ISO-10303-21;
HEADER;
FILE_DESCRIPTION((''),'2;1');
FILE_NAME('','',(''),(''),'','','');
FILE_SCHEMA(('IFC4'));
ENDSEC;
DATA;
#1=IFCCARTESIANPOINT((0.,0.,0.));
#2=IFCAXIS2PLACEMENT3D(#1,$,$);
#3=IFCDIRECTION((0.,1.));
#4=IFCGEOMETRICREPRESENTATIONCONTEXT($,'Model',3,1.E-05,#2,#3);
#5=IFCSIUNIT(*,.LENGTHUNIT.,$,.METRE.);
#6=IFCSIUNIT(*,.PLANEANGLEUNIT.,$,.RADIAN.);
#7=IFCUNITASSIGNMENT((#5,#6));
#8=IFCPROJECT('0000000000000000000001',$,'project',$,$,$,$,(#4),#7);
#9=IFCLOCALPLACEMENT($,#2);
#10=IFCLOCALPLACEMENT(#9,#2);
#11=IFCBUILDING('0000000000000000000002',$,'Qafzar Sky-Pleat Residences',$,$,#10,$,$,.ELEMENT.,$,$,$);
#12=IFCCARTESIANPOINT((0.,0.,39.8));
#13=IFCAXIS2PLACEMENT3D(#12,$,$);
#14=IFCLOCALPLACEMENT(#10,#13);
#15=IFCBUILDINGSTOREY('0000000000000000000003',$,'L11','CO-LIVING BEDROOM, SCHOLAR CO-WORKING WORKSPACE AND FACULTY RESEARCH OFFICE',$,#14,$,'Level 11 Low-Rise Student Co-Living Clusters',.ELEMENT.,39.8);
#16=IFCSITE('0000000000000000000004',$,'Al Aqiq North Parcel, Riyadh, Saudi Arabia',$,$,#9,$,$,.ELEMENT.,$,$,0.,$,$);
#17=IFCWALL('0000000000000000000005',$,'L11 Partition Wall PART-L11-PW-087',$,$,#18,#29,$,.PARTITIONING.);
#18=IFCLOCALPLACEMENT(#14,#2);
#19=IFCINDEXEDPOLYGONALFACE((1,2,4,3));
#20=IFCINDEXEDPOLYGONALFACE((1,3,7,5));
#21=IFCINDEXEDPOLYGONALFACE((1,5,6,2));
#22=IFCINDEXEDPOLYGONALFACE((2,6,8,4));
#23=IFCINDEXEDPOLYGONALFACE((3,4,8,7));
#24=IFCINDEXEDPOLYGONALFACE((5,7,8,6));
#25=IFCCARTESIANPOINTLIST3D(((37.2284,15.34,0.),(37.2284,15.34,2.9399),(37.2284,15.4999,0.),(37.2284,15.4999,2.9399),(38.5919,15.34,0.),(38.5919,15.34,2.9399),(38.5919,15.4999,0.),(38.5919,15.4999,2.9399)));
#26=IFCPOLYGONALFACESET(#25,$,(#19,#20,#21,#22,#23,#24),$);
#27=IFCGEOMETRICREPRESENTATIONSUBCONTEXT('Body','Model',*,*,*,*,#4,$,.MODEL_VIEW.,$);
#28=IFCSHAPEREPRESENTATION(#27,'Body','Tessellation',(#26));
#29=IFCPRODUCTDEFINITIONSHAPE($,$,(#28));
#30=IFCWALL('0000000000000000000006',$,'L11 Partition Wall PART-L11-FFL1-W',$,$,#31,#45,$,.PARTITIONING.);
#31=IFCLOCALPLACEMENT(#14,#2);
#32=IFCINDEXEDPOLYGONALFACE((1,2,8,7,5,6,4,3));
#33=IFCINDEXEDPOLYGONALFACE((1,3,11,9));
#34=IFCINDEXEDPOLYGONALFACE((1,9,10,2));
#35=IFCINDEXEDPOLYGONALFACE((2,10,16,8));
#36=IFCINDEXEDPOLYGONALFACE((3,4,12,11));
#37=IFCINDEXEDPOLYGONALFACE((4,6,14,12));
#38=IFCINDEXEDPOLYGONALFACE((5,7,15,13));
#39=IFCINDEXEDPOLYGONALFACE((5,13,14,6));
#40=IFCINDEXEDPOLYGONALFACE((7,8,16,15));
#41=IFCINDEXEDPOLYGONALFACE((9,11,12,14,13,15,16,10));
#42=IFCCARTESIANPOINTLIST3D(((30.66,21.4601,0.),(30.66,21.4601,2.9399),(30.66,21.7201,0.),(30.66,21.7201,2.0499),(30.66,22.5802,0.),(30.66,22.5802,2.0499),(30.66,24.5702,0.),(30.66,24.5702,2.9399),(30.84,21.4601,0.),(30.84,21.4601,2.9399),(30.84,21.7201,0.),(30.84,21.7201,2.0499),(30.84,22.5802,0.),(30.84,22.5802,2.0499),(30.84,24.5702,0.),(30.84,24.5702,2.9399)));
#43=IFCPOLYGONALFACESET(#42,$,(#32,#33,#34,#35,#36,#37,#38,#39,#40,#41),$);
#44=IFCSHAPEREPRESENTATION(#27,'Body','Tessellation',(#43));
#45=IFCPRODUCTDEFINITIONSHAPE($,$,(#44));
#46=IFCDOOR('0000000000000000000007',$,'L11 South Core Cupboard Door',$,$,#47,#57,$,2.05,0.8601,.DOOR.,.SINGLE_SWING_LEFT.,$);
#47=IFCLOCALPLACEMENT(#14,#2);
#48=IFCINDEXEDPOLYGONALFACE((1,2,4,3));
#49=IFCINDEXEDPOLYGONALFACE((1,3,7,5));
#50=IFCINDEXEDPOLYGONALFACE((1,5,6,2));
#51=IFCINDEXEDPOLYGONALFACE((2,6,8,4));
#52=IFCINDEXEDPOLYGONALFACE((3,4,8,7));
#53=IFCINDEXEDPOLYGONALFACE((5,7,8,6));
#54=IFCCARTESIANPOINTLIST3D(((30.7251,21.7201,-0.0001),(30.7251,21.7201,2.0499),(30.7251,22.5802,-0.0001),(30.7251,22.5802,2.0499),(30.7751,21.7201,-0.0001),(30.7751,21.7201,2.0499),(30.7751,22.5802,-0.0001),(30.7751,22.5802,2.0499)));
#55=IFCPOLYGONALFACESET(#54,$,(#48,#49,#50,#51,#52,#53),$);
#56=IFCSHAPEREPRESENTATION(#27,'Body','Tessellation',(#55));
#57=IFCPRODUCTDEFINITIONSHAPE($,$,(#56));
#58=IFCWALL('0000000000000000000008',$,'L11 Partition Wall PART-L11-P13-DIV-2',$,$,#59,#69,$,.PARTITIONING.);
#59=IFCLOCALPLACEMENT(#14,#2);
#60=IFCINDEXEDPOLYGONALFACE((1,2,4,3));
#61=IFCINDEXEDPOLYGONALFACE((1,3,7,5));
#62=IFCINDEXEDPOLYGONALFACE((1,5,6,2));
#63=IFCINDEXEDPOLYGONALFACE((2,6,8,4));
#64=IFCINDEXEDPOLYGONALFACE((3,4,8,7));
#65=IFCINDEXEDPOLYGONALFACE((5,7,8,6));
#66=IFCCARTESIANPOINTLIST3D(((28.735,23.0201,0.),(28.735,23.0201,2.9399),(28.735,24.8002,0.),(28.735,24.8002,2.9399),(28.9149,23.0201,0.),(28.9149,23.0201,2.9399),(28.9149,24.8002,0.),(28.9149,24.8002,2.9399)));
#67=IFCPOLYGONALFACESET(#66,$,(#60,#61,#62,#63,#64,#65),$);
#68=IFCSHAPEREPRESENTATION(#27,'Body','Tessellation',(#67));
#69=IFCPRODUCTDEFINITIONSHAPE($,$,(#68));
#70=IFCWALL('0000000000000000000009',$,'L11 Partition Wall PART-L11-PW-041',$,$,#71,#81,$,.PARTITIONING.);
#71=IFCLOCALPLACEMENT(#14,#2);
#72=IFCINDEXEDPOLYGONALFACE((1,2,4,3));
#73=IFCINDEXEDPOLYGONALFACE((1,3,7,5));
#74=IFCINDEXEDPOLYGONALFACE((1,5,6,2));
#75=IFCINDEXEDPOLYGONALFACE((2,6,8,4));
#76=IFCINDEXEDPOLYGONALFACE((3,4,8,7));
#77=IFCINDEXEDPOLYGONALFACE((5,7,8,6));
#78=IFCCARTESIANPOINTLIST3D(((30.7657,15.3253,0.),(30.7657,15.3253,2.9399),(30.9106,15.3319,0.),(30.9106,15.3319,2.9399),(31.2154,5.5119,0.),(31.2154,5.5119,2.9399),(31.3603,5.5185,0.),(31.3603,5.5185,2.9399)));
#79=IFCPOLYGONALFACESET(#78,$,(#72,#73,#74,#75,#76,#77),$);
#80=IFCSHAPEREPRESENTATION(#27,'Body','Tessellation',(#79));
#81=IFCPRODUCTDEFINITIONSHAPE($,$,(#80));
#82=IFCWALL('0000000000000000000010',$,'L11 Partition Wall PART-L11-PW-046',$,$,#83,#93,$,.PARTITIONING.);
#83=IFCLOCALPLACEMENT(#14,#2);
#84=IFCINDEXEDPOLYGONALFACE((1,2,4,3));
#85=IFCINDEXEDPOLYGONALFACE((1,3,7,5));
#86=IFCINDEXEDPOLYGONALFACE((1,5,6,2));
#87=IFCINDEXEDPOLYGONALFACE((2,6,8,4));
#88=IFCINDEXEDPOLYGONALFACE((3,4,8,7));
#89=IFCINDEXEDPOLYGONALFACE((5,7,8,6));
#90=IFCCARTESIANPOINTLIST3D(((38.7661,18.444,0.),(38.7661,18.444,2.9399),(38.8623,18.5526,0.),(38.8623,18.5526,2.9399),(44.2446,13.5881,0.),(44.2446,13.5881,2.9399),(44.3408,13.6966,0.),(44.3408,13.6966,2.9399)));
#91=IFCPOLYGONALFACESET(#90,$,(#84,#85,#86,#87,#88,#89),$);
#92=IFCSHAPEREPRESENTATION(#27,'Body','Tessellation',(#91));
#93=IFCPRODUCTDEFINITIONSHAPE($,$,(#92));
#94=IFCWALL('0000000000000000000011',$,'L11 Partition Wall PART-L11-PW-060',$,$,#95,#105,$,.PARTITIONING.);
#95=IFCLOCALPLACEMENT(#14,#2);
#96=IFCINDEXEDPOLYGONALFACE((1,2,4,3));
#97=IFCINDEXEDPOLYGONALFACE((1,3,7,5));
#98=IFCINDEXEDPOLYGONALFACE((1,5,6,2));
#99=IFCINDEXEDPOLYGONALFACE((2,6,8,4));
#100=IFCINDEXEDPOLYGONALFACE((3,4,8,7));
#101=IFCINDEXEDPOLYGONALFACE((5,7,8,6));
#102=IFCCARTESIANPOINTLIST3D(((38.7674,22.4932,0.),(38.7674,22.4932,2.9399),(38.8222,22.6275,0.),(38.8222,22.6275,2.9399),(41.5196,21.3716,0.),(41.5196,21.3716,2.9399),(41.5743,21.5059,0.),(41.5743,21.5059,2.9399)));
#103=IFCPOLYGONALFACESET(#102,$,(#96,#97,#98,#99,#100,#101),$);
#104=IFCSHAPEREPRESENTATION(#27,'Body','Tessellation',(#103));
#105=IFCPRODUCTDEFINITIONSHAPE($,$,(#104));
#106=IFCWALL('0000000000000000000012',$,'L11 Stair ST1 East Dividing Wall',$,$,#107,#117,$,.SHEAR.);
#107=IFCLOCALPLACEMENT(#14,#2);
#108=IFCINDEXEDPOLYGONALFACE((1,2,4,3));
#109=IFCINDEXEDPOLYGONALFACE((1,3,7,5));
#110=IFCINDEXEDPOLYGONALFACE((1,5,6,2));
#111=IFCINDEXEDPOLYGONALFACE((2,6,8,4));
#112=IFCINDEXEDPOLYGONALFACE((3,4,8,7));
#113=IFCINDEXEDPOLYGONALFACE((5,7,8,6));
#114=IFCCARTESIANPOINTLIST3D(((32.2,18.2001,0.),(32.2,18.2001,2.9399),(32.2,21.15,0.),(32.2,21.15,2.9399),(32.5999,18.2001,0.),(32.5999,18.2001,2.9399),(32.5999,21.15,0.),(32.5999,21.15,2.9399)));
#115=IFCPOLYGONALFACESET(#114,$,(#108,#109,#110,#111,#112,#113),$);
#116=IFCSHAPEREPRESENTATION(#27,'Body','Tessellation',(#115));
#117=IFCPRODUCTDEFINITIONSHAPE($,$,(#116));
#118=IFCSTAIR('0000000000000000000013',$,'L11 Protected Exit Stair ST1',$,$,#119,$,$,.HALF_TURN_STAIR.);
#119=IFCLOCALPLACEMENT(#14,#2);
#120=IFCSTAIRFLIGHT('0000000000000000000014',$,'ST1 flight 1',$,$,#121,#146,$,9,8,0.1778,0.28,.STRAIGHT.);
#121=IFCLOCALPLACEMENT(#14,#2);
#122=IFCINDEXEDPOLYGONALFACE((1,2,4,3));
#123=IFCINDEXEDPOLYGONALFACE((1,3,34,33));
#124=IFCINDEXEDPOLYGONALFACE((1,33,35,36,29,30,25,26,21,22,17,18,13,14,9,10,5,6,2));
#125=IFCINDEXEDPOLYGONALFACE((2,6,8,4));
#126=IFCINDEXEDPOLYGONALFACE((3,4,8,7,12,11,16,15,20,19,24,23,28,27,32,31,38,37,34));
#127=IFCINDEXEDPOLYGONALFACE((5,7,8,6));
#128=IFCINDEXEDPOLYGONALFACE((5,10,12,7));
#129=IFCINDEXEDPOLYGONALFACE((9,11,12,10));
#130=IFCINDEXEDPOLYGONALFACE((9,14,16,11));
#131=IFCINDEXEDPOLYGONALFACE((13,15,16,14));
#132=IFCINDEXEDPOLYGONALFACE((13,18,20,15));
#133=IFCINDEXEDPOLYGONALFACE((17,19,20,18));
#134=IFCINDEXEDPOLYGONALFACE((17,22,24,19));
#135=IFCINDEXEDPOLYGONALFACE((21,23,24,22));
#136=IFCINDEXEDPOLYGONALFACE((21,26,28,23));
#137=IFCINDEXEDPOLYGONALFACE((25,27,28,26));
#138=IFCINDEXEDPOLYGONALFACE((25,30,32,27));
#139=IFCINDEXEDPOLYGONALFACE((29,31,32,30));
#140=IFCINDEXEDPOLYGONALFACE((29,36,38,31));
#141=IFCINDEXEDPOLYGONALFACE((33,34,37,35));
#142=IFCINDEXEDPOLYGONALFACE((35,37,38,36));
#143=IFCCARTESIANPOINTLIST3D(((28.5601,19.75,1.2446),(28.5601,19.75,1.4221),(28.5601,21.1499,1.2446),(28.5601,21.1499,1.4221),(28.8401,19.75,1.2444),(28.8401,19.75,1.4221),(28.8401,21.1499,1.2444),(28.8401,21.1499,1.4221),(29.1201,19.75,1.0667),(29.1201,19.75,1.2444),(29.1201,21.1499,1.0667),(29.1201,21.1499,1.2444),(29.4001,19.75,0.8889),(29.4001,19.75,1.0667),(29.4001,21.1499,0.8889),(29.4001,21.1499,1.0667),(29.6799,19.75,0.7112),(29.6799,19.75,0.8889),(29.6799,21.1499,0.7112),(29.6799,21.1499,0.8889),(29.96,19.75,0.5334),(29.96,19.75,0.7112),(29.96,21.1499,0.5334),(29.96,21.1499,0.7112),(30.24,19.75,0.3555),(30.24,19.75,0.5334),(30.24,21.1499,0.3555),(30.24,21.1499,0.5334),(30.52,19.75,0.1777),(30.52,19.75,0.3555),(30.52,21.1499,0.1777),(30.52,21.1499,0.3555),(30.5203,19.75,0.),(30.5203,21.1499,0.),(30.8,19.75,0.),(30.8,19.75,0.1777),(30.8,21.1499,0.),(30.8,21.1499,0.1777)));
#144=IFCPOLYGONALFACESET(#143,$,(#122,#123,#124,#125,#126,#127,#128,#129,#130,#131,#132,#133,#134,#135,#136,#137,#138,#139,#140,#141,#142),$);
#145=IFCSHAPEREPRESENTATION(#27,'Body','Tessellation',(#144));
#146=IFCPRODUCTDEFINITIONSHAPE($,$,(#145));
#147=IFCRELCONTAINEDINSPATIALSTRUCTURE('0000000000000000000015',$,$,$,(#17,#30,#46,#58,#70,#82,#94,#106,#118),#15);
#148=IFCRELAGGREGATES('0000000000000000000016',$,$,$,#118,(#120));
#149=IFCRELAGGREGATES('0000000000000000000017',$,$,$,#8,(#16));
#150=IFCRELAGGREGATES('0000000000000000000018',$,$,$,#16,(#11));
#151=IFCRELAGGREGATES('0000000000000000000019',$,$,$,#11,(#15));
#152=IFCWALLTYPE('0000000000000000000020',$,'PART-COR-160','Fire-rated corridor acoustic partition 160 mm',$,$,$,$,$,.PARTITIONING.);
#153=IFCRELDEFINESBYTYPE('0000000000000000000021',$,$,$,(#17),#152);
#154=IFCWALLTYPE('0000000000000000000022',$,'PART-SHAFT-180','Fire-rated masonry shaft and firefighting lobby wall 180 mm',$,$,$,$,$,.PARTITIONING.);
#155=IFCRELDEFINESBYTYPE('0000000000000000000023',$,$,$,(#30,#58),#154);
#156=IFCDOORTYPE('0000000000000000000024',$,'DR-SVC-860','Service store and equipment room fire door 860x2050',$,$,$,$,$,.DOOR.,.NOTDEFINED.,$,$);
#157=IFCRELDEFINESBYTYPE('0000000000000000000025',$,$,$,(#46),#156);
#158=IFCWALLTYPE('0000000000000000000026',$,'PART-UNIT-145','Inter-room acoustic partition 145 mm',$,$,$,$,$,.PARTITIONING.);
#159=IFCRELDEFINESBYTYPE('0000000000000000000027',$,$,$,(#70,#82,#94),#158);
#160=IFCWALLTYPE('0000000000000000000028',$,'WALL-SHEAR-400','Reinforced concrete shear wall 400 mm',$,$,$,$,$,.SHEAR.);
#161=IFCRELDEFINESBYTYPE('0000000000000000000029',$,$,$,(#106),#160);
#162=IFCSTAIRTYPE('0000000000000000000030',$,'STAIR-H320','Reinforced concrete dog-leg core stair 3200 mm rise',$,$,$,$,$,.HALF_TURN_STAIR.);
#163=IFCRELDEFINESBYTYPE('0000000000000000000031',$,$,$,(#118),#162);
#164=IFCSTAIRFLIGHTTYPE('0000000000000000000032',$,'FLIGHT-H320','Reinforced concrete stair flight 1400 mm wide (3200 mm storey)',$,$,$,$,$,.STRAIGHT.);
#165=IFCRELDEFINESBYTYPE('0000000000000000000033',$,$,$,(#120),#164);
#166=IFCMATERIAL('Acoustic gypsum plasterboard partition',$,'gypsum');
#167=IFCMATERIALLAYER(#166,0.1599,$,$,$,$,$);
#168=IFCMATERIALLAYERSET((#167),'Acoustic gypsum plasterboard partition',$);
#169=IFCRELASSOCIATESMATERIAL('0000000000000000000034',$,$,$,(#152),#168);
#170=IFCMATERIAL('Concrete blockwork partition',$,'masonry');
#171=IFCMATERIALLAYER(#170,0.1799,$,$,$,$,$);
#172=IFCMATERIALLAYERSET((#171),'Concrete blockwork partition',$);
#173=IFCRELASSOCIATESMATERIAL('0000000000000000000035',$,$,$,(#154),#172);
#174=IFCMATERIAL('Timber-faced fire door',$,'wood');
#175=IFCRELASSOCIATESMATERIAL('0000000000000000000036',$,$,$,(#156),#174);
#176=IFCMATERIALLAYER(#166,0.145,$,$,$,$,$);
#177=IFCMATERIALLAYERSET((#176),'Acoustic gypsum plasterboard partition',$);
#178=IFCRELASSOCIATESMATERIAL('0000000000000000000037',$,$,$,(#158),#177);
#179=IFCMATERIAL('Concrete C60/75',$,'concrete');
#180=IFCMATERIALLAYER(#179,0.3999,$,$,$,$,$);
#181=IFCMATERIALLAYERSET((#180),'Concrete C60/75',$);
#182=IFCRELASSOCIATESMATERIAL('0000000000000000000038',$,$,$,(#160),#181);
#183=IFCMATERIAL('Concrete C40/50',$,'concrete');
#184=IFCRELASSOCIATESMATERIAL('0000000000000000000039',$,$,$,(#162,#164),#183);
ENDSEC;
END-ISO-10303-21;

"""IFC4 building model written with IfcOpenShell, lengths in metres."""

from ifc_helpers import new_model, si_unit, direction, frame, frame_2d, origin, place, context, subcontext, project, spatial, polyline, rectangle, outline, extrude, source, transform, mapped, material, layer, layer_set, type_object, element, fill, aggregate, save


model = new_model("IFC4")

# Units and contexts
model_context = context("Model", 3, precision=1e-05, world=origin(), true_north=direction((0.0, 1.0)))
body_context = subcontext(model_context, "Body", "Model", "MODEL_VIEW")
ifc_project = project(units=[si_unit("LENGTHUNIT", "METRE"), si_unit("PLANEANGLEUNIT", "RADIAN")], contexts=[model_context])

# Site, building, storey
site_placement = place(None, origin())
site = spatial("IfcSite", under=ifc_project, at=site_placement, Name="Al Aqiq North Parcel, Riyadh, Saudi Arabia", CompositionType="ELEMENT", RefElevation=0.0)
building_placement = place(site_placement, origin())
building = spatial("IfcBuilding", under=site, at=building_placement, Name="Qafzar Sky-Pleat Residences", CompositionType="ELEMENT")
storey_placement = place(building_placement, frame((0.0, 0.0, 39.8)))
storey = spatial("IfcBuildingStorey", under=building, at=storey_placement, Name="L11", Description="CO-LIVING BEDROOM, SCHOLAR CO-WORKING WORKSPACE AND FACULTY RESEARCH OFFICE", LongName="Level 11 Low-Rise Student Co-Living Clusters", CompositionType="ELEMENT", Elevation=39.8)

# Shared definitions
ifc_material_1 = material(Name="Acoustic gypsum plasterboard partition", Category="gypsum")
ifc_layer_1 = layer(ifc_material_1, 0.1599)
ifc_layer_set_1 = layer_set([ifc_layer_1], Name="Acoustic gypsum plasterboard partition")
wall_type_1 = type_object("IfcWallType", Name="PART-COR-160", Description="Fire-rated corridor acoustic partition 160 mm", PredefinedType="PARTITIONING", material=ifc_layer_set_1)
ifc_material_2 = material(Name="Timber-faced fire door", Category="wood")

# Wall
wall_1_placement = place(storey_placement, frame((37.2285, 15.4199, 0.0), z_axis=(0.0, 0.0, 1.0), x_axis=(1.0, 0.0, 0.0)))
element("IfcWall", 1, at=wall_1_placement, inside=storey, type_object=wall_type_1, Name="L11 Partition Wall PART-L11-PW-087", PredefinedType="PARTITIONING", context=body_context, shape_type="SweptSolid", body=[
    extrude(rectangle(XDim=1.3635, YDim=0.1599, at=frame_2d((0.6816, 0.0))), origin(), (0.0, 0.0, 1.0), 2.9399),
])

# Wall, opening, door
ifc_material_3 = material(Name="Concrete blockwork partition", Category="masonry")
ifc_layer_2 = layer(ifc_material_3, 0.1799)
ifc_layer_set_2 = layer_set([ifc_layer_2], Name="Concrete blockwork partition")
wall_type_2 = type_object("IfcWallType", Name="PART-SHAFT-180", Description="Fire-rated masonry shaft and firefighting lobby wall 180 mm", PredefinedType="PARTITIONING", material=ifc_layer_set_2)
wall_2_placement = place(storey_placement, frame((30.75, 21.46, 0.0), z_axis=(0.0, 0.0, 1.0), x_axis=(0.0, 1.0, 0.0)))
wall_2 = element("IfcWall", 2, at=wall_2_placement, inside=storey, type_object=wall_type_2, Name="L11 Partition Wall PART-L11-FFL1-W", PredefinedType="PARTITIONING", context=body_context, shape_type="SweptSolid", body=[
    extrude(rectangle(XDim=3.1101, YDim=0.1799, at=frame_2d((1.5552, 0.0))), origin(), (0.0, 0.0, 1.0), 2.9399),
])
opening_1_placement = place(wall_2_placement, frame((0.26, 0.0, 0.0)))
opening_1 = element("IfcOpeningElement", 3, at=opening_1_placement, cuts=wall_2, PredefinedType="OPENING", context=body_context, shape_type="SweptSolid", body=[
    extrude(rectangle(XDim=0.8601, YDim=2.05, at=frame_2d((0.4302, 1.0249))), frame((0.0, 0.1001, 0.0), z_axis=(0.0, -1.0, 0.0), x_axis=(1.0, 0.0, 0.0)), (0.0, 0.0, 1.0), 0.2),
])
door_type_1 = type_object("IfcDoorType", Name="DR-SVC-860", Description="Service store and equipment room fire door 860x2050", OperationType="NOTDEFINED", PredefinedType="DOOR", material=ifc_material_2)
shared_shape_1 = source(origin(), body_context, "Body", "SweptSolid", [
    extrude(rectangle(XDim=0.8601, YDim=2.05, at=frame_2d((0.4302, 1.0249))), frame((0.0, 0.0249, 0.0), z_axis=(0.0, -1.0, 0.0), x_axis=(1.0, 0.0, 0.0)), (0.0, 0.0, 1.0), 0.05),
])
door_1_placement = place(opening_1_placement, origin())
door_1 = element("IfcDoor", 4, at=door_1_placement, inside=storey, type_object=door_type_1, Name="L11 South Core Cupboard Door", OperationType="SINGLE_SWING_LEFT", OverallHeight=2.05, OverallWidth=0.8601, PredefinedType="DOOR", context=body_context, shape_type="MappedRepresentation", body=[
    mapped(shared_shape_1, transform((0.0, 0.0, 0.0), x_axis=(1.0, 0.0, 0.0), y_axis=(0.0, 1.0, 0.0), z_axis=(0.0, 0.0, 1.0), scale=1.0)),
])
fill(opening_1, door_1)

# Walls
wall_3_placement = place(storey_placement, frame((28.825, 23.02, 0.0), z_axis=(0.0, 0.0, 1.0), x_axis=(0.0, 1.0, 0.0)))
element("IfcWall", 5, at=wall_3_placement, inside=storey, type_object=wall_type_2, Name="L11 Partition Wall PART-L11-P13-DIV-2", PredefinedType="PARTITIONING", context=body_context, shape_type="SweptSolid", body=[
    extrude(rectangle(XDim=1.78, YDim=0.1799, at=frame_2d((0.8901, 0.0))), origin(), (0.0, 0.0, 1.0), 2.9399),
])
ifc_layer_3 = layer(ifc_material_1, 0.145)
ifc_layer_set_3 = layer_set([ifc_layer_3], Name="Acoustic gypsum plasterboard partition")
wall_type_3 = type_object("IfcWallType", Name="PART-UNIT-145", Description="Inter-room acoustic partition 145 mm", PredefinedType="PARTITIONING", material=ifc_layer_set_3)
wall_4_placement = place(storey_placement, frame((30.8381, 15.3286, 0.0), z_axis=(0.0, 0.0, 1.0), x_axis=(0.045777, -0.998952, 0.0)))
element("IfcWall", 6, at=wall_4_placement, inside=storey, type_object=wall_type_3, Name="L11 Partition Wall PART-L11-PW-041", PredefinedType="PARTITIONING", context=body_context, shape_type="SweptSolid", body=[
    extrude(rectangle(XDim=9.8237, YDim=0.145, at=frame_2d((4.9119, 0.0))), origin(), (0.0, 0.0, 1.0), 2.9399),
])
wall_5_placement = place(storey_placement, frame((38.8142, 18.4983, 0.0), z_axis=(0.0, 0.0, 1.0), x_axis=(0.748347, -0.663308, 0.0)))
element("IfcWall", 7, at=wall_5_placement, inside=storey, type_object=wall_type_3, Name="L11 Partition Wall PART-L11-PW-046", PredefinedType="PARTITIONING", context=body_context, shape_type="SweptSolid", body=[
    extrude(rectangle(XDim=7.3208, YDim=0.145, at=frame_2d((3.6604, 0.0))), origin(), (0.0, 0.0, 1.0), 2.9399),
])
wall_6_placement = place(storey_placement, frame((38.7949, 22.5603, 0.0), z_axis=(0.0, 0.0, 1.0), x_axis=(0.926055, -0.377388, 0.0)))
element("IfcWall", 8, at=wall_6_placement, inside=storey, type_object=wall_type_3, Name="L11 Partition Wall PART-L11-PW-060", PredefinedType="PARTITIONING", context=body_context, shape_type="SweptSolid", body=[
    extrude(rectangle(XDim=2.9719, YDim=0.145, at=frame_2d((1.4858, 0.0))), origin(), (0.0, 0.0, 1.0), 2.9399),
])
ifc_material_4 = material(Name="Concrete C60/75", Category="concrete")
ifc_layer_4 = layer(ifc_material_4, 0.3999)
ifc_layer_set_4 = layer_set([ifc_layer_4], Name="Concrete C60/75")
wall_type_4 = type_object("IfcWallType", Name="WALL-SHEAR-400", Description="Reinforced concrete shear wall 400 mm", PredefinedType="SHEAR", material=ifc_layer_set_4)
wall_7_placement = place(storey_placement, frame((32.3999, 18.2, 0.0), z_axis=(0.0, 0.0, 1.0), x_axis=(0.0, 1.0, 0.0)))
element("IfcWall", 9, at=wall_7_placement, inside=storey, type_object=wall_type_4, Name="L11 Stair ST1 East Dividing Wall", PredefinedType="SHEAR", context=body_context, shape_type="SweptSolid", body=[
    extrude(rectangle(XDim=2.95, YDim=0.3999, at=frame_2d((1.4751, 0.0))), origin(), (0.0, 0.0, 1.0), 2.9399),
])

# Stair, stair flight
ifc_material_5 = material(Name="Concrete C40/50", Category="concrete")
stair_type = type_object("IfcStairType", Name="STAIR-H320", Description="Reinforced concrete dog-leg core stair 3200 mm rise", PredefinedType="HALF_TURN_STAIR", material=ifc_material_5)
stair_placement = place(storey_placement, origin())
stair = element("IfcStair", 10, at=stair_placement, inside=storey, type_object=stair_type, Name="L11 Protected Exit Stair ST1", PredefinedType="HALF_TURN_STAIR")
stair_flight_type = type_object("IfcStairFlightType", Name="FLIGHT-H320", Description="Reinforced concrete stair flight 1400 mm wide (3200 mm storey)", PredefinedType="STRAIGHT", material=ifc_material_5)
shared_shape_2 = source(origin(), body_context, "Body", "SweptSolid", [
    extrude(outline(polyline([(0.0, 0.0), (0.0, 0.1777), (0.28, 0.1777), (0.28, 0.3555), (0.5601, 0.3555), (0.5601, 0.5334), (0.8401, 0.5334), (0.8401, 0.7112), (1.1201, 0.7112), (1.1201, 0.8889), (1.3999, 0.8889), (1.3999, 1.0667), (1.6799, 1.0667), (1.6799, 1.2444), (1.96, 1.2444), (1.96, 1.4221), (2.24, 1.4221), (2.24, 1.6001), (2.24, 1.2446), (0.2798, 0.0), (0.0, 0.0)])), frame((0.0, 0.7, 0.0), z_axis=(0.0, -1.0, 0.0), x_axis=(1.0, 0.0, 0.0)), (0.0, 0.0, 1.0), 1.3999),
])
stair_flight_placement = place(storey_placement, frame((30.8, 20.45, 0.0), z_axis=(0.0, 0.0, 1.0), x_axis=(-1.0, 0.0, 0.0)))
stair_flight = element("IfcStairFlight", 11, at=stair_flight_placement, type_object=stair_flight_type, Name="ST1 flight 1", NumberOfRisers=9, NumberOfTreads=8, PredefinedType="STRAIGHT", RiserHeight=0.1778, TreadLength=0.28, context=body_context, shape_type="MappedRepresentation", body=[
    mapped(shared_shape_2, transform((0.0, 0.0, 0.0), x_axis=(1.0, 0.0, 0.0), y_axis=(0.0, 1.0, 0.0), z_axis=(0.0, 0.0, 1.0), scale=1.0)),
])
aggregate(stair, [stair_flight])

save(model, "model.ifc")
